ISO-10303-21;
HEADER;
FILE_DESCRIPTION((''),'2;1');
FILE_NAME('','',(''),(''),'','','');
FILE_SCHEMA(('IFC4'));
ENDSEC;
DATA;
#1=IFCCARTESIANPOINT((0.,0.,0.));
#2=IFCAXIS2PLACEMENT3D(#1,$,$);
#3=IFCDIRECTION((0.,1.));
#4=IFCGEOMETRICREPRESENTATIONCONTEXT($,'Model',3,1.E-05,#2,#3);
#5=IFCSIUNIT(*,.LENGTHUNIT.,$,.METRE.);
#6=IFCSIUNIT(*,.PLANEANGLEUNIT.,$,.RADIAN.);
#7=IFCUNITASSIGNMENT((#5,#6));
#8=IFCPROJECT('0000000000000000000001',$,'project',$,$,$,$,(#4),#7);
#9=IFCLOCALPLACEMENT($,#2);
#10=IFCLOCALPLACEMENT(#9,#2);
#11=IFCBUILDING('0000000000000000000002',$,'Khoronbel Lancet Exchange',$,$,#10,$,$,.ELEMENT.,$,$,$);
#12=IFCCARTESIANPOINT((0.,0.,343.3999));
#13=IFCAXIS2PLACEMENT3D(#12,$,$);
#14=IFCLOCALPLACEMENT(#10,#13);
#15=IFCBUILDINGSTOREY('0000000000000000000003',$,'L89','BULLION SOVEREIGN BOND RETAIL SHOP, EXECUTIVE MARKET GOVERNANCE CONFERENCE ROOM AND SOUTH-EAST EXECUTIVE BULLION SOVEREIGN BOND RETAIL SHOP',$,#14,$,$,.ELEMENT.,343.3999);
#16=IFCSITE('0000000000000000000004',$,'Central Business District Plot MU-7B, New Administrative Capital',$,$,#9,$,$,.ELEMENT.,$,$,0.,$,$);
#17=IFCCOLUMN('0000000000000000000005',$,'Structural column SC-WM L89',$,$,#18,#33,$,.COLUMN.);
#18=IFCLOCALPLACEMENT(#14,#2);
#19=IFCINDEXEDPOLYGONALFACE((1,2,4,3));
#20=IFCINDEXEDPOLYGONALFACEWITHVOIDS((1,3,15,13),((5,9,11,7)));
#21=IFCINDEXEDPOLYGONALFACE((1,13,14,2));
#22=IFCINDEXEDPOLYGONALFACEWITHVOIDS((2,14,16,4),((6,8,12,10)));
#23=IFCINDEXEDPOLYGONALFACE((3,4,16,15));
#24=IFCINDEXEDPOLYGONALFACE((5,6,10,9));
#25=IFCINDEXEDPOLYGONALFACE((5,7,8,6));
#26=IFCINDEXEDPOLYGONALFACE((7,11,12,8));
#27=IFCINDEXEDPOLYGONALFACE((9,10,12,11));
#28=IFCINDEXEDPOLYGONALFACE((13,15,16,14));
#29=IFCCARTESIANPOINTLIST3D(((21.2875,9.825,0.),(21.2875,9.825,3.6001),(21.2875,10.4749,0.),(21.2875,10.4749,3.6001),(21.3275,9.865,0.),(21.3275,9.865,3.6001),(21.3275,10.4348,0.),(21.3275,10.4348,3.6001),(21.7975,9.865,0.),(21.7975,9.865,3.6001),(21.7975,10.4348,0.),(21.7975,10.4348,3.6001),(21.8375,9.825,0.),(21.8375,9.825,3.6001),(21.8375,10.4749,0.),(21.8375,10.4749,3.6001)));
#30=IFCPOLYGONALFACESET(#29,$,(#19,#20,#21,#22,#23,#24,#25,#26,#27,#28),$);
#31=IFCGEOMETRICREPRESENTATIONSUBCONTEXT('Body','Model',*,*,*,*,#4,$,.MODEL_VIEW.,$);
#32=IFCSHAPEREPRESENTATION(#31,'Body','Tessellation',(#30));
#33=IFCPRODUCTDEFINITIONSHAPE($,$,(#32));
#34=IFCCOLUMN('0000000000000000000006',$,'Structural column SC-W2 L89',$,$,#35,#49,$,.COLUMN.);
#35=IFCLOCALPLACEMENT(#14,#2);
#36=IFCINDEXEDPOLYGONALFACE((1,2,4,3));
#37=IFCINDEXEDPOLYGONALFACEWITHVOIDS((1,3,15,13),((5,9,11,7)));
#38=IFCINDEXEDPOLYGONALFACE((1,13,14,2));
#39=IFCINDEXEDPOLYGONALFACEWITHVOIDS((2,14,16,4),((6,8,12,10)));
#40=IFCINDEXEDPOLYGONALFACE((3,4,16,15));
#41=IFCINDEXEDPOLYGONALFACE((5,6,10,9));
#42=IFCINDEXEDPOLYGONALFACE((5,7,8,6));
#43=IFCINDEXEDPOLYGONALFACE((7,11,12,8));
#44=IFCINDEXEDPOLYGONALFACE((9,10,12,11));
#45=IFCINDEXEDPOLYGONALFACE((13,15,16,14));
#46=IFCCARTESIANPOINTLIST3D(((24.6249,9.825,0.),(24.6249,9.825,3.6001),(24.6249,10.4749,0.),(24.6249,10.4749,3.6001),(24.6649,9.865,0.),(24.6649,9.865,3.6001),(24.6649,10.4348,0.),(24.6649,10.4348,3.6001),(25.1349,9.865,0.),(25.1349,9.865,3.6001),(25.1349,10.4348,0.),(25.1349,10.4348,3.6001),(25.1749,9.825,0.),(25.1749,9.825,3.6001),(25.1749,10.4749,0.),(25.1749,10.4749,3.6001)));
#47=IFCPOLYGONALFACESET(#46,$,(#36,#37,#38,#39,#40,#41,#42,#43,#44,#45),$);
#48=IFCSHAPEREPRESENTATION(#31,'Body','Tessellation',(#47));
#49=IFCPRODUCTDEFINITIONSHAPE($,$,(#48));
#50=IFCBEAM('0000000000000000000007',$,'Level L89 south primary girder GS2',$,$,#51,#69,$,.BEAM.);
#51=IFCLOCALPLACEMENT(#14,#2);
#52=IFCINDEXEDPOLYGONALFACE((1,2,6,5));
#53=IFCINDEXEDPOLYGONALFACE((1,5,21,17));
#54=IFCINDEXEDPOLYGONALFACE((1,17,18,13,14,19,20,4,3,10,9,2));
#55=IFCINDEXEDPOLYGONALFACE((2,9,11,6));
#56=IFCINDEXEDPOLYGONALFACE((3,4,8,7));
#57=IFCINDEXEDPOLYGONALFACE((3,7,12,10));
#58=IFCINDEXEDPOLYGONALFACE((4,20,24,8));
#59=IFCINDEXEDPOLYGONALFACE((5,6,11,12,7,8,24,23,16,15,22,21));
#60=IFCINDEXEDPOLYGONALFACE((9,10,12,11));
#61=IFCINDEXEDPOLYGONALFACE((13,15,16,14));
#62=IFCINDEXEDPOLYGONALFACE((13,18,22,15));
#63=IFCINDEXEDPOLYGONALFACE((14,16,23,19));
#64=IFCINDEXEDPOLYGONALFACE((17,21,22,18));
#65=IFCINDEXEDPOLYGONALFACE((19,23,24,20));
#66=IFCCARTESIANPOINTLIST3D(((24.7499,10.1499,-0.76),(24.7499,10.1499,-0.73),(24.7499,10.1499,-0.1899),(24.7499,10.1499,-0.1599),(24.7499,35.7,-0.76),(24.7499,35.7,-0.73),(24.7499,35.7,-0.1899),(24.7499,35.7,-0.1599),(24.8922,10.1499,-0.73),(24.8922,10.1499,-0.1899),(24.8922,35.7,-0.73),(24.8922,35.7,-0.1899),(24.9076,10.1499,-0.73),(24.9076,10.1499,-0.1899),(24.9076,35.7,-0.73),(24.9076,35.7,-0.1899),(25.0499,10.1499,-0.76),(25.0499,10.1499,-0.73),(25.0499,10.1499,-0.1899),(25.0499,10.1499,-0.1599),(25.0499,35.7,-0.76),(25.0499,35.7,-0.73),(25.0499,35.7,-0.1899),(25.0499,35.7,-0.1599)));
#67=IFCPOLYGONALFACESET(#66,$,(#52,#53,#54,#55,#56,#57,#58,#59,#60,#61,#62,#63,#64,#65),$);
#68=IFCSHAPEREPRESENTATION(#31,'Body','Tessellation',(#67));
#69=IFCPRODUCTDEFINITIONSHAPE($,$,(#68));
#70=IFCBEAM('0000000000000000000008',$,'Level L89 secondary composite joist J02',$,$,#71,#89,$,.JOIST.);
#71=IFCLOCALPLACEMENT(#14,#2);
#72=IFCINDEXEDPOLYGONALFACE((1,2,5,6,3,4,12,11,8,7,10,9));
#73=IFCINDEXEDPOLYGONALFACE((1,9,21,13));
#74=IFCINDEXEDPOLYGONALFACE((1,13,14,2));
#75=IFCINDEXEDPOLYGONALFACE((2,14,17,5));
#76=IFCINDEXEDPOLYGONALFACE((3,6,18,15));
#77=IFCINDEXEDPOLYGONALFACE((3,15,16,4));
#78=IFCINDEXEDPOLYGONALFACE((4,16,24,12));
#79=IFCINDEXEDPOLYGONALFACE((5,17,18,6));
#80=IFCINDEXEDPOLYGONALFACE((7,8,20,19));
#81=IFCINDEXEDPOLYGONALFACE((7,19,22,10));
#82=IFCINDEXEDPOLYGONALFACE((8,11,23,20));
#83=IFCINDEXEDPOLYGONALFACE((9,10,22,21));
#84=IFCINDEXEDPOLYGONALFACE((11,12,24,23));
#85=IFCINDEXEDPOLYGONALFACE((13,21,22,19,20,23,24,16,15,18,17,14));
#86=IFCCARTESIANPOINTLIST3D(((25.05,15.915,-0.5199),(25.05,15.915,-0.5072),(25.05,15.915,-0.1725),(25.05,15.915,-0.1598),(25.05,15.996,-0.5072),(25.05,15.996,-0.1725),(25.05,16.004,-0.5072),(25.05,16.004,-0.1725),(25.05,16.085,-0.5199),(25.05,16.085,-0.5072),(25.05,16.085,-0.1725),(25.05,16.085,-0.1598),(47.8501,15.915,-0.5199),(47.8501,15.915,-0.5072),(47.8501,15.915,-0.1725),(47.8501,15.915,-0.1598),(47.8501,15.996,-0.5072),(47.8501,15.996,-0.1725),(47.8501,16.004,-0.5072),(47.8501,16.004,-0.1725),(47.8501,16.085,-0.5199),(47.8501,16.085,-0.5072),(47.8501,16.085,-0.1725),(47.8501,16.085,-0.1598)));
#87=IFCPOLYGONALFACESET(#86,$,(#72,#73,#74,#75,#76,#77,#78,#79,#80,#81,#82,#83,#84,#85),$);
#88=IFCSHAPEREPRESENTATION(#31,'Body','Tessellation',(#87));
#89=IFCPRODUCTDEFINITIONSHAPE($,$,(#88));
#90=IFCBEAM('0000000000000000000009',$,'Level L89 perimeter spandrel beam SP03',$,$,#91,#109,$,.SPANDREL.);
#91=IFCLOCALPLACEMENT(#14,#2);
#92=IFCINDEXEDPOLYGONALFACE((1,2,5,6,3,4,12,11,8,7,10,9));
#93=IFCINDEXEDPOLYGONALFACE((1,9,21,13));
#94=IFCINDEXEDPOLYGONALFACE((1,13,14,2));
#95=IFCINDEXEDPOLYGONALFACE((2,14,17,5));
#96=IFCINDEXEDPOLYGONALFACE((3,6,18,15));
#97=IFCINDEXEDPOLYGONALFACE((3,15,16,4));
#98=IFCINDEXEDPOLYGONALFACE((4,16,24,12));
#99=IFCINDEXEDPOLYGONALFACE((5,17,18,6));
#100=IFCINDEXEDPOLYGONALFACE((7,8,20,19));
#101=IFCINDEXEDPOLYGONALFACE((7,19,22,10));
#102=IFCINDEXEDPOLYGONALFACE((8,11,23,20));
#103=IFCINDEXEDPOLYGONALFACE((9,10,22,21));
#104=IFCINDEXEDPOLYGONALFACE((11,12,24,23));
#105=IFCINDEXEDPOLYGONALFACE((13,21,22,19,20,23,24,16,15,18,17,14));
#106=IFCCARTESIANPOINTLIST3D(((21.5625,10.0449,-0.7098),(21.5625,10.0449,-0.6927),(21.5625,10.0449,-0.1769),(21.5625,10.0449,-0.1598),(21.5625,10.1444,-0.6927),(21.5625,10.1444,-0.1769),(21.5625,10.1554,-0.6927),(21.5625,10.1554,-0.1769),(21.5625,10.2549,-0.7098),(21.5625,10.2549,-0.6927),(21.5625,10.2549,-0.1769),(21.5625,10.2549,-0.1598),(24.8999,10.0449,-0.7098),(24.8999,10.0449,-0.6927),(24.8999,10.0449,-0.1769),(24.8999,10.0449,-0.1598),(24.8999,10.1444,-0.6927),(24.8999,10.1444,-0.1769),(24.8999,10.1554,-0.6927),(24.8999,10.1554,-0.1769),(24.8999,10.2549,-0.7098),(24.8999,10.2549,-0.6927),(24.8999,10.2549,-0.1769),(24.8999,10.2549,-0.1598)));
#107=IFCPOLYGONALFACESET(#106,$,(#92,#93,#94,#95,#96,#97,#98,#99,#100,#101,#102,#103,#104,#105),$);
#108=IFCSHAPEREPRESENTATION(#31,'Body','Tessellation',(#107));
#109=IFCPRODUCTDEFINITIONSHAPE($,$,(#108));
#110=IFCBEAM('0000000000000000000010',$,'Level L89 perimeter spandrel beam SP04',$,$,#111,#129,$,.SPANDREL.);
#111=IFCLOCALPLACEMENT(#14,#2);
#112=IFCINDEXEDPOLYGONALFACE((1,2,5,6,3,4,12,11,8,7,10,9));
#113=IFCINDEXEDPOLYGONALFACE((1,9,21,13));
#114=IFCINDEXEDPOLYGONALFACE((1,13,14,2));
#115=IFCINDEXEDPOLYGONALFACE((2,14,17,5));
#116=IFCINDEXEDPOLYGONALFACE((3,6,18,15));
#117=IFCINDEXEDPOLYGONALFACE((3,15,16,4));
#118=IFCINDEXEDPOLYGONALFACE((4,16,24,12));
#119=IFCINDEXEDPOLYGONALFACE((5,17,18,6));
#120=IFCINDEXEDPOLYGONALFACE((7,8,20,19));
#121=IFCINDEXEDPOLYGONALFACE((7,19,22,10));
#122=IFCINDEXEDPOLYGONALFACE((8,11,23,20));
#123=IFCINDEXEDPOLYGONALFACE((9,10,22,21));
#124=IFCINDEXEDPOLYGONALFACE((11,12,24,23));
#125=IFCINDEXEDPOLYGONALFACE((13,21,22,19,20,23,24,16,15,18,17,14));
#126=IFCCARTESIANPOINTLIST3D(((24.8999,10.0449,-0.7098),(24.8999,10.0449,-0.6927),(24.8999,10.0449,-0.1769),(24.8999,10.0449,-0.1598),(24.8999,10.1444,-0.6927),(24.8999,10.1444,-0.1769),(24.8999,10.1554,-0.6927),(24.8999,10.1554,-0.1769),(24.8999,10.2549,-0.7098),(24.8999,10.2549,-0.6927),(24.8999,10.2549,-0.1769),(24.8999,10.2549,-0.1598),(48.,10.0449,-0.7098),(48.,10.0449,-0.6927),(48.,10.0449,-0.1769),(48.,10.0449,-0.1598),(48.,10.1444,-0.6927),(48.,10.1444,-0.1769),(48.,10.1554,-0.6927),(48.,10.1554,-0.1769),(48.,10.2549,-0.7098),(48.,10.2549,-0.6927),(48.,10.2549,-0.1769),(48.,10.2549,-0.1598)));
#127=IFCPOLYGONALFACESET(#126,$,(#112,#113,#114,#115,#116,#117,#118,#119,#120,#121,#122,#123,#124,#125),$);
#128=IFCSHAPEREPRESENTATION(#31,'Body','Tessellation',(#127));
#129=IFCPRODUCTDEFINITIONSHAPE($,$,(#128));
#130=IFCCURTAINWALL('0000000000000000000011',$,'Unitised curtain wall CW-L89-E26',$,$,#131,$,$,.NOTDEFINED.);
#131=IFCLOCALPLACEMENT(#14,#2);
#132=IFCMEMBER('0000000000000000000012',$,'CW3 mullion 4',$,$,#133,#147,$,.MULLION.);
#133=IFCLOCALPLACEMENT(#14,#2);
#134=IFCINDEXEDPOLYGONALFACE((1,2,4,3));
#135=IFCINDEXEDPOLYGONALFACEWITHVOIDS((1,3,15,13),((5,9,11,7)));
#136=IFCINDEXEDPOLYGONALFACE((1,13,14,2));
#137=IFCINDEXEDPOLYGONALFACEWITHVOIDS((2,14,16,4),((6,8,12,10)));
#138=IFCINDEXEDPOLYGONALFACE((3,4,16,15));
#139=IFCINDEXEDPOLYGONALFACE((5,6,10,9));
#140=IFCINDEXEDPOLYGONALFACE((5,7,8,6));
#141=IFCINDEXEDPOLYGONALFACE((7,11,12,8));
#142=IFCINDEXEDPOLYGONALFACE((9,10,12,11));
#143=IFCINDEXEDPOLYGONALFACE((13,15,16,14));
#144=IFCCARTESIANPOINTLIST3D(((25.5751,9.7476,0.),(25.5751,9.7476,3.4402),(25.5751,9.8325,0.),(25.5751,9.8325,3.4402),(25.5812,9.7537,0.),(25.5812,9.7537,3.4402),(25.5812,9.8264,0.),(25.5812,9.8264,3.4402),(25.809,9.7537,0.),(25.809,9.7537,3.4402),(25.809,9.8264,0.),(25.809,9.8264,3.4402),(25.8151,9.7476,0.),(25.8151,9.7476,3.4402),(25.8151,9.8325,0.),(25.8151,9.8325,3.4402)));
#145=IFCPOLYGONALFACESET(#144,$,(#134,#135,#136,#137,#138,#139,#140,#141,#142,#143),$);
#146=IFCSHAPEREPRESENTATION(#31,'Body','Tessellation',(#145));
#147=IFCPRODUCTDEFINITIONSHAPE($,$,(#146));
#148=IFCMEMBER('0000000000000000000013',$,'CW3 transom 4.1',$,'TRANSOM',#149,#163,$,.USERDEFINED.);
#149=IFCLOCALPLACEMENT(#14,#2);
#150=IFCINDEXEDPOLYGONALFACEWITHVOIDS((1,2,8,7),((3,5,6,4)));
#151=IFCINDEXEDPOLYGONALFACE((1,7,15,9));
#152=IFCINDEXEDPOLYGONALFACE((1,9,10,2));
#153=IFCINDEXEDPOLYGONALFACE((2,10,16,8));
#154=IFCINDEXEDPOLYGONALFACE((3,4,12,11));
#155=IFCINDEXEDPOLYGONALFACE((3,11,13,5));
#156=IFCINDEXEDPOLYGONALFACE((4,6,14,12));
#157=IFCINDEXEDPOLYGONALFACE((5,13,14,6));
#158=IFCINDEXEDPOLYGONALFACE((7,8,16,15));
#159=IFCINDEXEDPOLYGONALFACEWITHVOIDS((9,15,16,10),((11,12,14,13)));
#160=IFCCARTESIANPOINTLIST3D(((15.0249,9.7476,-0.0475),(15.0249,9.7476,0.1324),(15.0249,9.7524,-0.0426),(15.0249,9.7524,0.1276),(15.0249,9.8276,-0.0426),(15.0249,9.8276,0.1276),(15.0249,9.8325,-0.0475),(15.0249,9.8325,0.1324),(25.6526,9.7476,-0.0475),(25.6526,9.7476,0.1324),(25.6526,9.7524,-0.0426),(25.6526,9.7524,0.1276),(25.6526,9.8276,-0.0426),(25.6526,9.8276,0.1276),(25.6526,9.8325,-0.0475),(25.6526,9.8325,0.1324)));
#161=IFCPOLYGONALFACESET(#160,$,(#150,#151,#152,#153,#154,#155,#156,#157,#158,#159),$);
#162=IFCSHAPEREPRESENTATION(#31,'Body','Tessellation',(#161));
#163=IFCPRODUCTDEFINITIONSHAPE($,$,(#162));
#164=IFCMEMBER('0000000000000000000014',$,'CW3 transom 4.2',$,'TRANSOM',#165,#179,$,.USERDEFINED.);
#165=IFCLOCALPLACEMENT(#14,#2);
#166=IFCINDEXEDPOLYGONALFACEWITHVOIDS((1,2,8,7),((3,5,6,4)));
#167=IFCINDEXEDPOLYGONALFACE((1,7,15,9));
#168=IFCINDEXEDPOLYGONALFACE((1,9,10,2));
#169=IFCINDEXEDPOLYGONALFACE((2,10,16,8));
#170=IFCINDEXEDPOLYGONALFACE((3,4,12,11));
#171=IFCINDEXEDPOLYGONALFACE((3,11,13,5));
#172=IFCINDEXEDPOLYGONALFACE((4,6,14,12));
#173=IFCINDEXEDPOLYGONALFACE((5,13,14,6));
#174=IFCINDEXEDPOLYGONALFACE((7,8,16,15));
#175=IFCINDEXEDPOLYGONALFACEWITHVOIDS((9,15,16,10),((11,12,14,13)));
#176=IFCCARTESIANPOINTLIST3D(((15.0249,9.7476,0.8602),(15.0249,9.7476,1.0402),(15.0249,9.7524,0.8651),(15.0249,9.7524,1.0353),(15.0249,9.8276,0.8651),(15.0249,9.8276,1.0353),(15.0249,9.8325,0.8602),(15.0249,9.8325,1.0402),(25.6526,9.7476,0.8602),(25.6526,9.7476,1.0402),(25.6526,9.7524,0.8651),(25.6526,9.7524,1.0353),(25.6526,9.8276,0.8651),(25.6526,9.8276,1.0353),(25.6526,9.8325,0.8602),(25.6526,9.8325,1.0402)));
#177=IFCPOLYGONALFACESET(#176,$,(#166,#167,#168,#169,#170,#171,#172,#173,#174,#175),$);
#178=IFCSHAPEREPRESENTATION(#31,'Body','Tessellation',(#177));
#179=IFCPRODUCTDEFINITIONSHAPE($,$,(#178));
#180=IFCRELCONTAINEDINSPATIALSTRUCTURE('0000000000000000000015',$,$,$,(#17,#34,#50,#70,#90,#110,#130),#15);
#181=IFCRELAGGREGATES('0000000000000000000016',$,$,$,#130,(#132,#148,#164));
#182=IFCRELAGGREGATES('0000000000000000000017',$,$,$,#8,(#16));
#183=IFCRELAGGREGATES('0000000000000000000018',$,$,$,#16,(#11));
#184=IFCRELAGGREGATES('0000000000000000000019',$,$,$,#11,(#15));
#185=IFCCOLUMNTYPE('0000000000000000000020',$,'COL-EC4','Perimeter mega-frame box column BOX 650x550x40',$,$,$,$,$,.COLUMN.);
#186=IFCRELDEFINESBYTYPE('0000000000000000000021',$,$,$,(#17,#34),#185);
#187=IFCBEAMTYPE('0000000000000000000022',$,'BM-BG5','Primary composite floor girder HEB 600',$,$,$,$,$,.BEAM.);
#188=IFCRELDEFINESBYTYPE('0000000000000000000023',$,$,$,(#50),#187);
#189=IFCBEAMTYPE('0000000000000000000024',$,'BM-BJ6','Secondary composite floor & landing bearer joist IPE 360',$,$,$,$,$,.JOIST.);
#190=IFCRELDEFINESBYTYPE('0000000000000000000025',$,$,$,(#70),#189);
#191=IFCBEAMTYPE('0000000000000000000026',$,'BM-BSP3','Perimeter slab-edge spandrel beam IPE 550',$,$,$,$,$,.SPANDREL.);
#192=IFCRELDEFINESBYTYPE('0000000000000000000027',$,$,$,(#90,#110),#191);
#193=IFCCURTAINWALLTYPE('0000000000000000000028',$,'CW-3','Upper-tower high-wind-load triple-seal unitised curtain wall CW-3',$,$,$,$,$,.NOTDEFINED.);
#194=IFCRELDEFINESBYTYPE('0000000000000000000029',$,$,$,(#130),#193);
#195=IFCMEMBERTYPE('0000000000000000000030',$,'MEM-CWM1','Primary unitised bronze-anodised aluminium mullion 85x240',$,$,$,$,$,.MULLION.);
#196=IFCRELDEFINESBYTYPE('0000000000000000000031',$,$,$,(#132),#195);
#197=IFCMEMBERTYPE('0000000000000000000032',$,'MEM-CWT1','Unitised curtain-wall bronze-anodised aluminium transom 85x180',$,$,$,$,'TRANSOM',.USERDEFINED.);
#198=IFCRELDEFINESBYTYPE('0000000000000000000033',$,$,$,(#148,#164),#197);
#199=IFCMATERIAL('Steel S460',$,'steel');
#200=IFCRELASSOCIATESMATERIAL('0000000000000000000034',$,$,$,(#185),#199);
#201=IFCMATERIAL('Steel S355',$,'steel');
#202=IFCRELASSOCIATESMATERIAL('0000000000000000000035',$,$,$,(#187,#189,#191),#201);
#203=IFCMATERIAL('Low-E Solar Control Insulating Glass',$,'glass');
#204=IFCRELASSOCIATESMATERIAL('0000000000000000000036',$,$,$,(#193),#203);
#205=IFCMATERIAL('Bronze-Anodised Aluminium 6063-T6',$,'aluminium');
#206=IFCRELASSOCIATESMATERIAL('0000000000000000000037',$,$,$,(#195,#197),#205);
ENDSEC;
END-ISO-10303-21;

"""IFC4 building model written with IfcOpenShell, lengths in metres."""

from ifc_helpers import new_model, si_unit, direction, frame, origin, origin_2d, place, context, subcontext, project, spatial, hollow_rectangle, i_section, extrude, material, material_profile, profile_set, type_object, element, aggregate, save


model = new_model("IFC4")

# Units and contexts
model_context = context("Model", 3, precision=1e-05, world=origin(), true_north=direction((0.0, 1.0)))
body_context = subcontext(model_context, "Body", "Model", "MODEL_VIEW")
ifc_project = project(units=[si_unit("LENGTHUNIT", "METRE"), si_unit("PLANEANGLEUNIT", "RADIAN")], contexts=[model_context])

# Site, building, storey
site_placement = place(None, origin())
site = spatial("IfcSite", under=ifc_project, at=site_placement, Name="Central Business District Plot MU-7B, New Administrative Capital", CompositionType="ELEMENT", RefElevation=0.0)
building_placement = place(site_placement, origin())
building = spatial("IfcBuilding", under=site, at=building_placement, Name="Khoronbel Lancet Exchange", CompositionType="ELEMENT")
storey_placement = place(building_placement, frame((0.0, 0.0, 343.3999)))
storey = spatial("IfcBuildingStorey", under=building, at=storey_placement, Name="L89", Description="BULLION SOVEREIGN BOND RETAIL SHOP, EXECUTIVE MARKET GOVERNANCE CONFERENCE ROOM AND SOUTH-EAST EXECUTIVE BULLION SOVEREIGN BOND RETAIL SHOP", CompositionType="ELEMENT", Elevation=343.3999)

# Columns
ifc_material_1 = material(Name="Steel S460", Category="steel")
ifc_material_profile_1 = material_profile(ifc_material_1, hollow_rectangle(XDim=0.55, YDim=0.6499, WallThickness=0.04, at=origin_2d()), Name="BOX 650x550x40")
ifc_profile_set_1 = profile_set([ifc_material_profile_1], Name="Steel S460")
column_type = type_object("IfcColumnType", Name="COL-EC4", Description="Perimeter mega-frame box column BOX 650x550x40", PredefinedType="COLUMN", material=ifc_profile_set_1)
for number, where, z_axis, x_axis, name in (
    (1, (21.5625, 10.1499, 0.0), (0.0, 0.0, 1.0), (1.0, 0.0, 0.0), "Structural column SC-WM L89"),
    (2, (24.8999, 10.1499, 0.0), (0.0, 0.0, 1.0), (1.0, 0.0, 0.0), "Structural column SC-W2 L89"),
):
    element("IfcColumn", number, at=place(storey_placement, frame(where, z_axis=z_axis, x_axis=x_axis)), inside=storey, type_object=column_type, Name=name, PredefinedType="COLUMN", context=body_context, shape_type="SweptSolid", body=[
        extrude(hollow_rectangle(XDim=0.55, YDim=0.6499, WallThickness=0.04, at=origin_2d()), origin(), (0.0, 0.0, 1.0), 3.6001),
    ])

# Beams
ifc_material_2 = material(Name="Steel S355", Category="steel")
ifc_material_profile_2 = material_profile(ifc_material_2, i_section(OverallWidth=0.3, OverallDepth=0.6001, WebThickness=0.0154, FlangeThickness=0.03, at=origin_2d()), Name="HEB 600")
ifc_profile_set_2 = profile_set([ifc_material_profile_2], Name="Steel S355")
beam_type_1 = type_object("IfcBeamType", Name="BM-BG5", Description="Primary composite floor girder HEB 600", PredefinedType="BEAM", material=ifc_profile_set_2)
beam_1_placement = place(storey_placement, frame((24.8999, 10.1499, -0.46), z_axis=(0.0, 1.0, 0.0), x_axis=(-1.0, 0.0, 0.0)))
element("IfcBeam", 3, at=beam_1_placement, inside=storey, type_object=beam_type_1, Name="Level L89 south primary girder GS2", PredefinedType="BEAM", context=body_context, shape_type="SweptSolid", body=[
    extrude(i_section(OverallWidth=0.3, OverallDepth=0.6001, WebThickness=0.0154, FlangeThickness=0.03, at=origin_2d()), origin(), (0.0, 0.0, 1.0), 25.55),
])
ifc_material_profile_3 = material_profile(ifc_material_2, i_section(OverallWidth=0.1699, OverallDepth=0.3601, WebThickness=0.0081, FlangeThickness=0.0127, at=origin_2d()), Name="IPE 360")
ifc_profile_set_3 = profile_set([ifc_material_profile_3], Name="Steel S355")
beam_type_2 = type_object("IfcBeamType", Name="BM-BJ6", Description="Secondary composite floor & landing bearer joist IPE 360", PredefinedType="JOIST", material=ifc_profile_set_3)
beam_2_placement = place(storey_placement, frame((25.05, 16.0, -0.3398), z_axis=(1.0, 0.0, 0.0), x_axis=(0.0, 1.0, 0.0)))
element("IfcBeam", 4, at=beam_2_placement, inside=storey, type_object=beam_type_2, Name="Level L89 secondary composite joist J02", PredefinedType="JOIST", context=body_context, shape_type="SweptSolid", body=[
    extrude(i_section(OverallWidth=0.1699, OverallDepth=0.3601, WebThickness=0.0081, FlangeThickness=0.0127, at=origin_2d()), origin(), (0.0, 0.0, 1.0), 22.8),
])
ifc_material_profile_4 = material_profile(ifc_material_2, i_section(OverallWidth=0.21, OverallDepth=0.55, WebThickness=0.011, FlangeThickness=0.0171, at=origin_2d()), Name="IPE 550")
ifc_profile_set_4 = profile_set([ifc_material_profile_4], Name="Steel S355")
beam_type_3 = type_object("IfcBeamType", Name="BM-BSP3", Description="Perimeter slab-edge spandrel beam IPE 550", PredefinedType="SPANDREL", material=ifc_profile_set_4)
beam_3_placement = place(storey_placement, frame((21.5625, 10.1499, -0.4348), z_axis=(1.0, 0.0, 0.0), x_axis=(0.0, 1.0, 0.0)))
element("IfcBeam", 5, at=beam_3_placement, inside=storey, type_object=beam_type_3, Name="Level L89 perimeter spandrel beam SP03", PredefinedType="SPANDREL", context=body_context, shape_type="SweptSolid", body=[
    extrude(i_section(OverallWidth=0.21, OverallDepth=0.55, WebThickness=0.011, FlangeThickness=0.0171, at=origin_2d()), origin(), (0.0, 0.0, 1.0), 3.3374),
])
beam_4_placement = place(storey_placement, frame((24.8999, 10.1499, -0.4348), z_axis=(1.0, 0.0, 0.0), x_axis=(0.0, 1.0, 0.0)))
element("IfcBeam", 6, at=beam_4_placement, inside=storey, type_object=beam_type_3, Name="Level L89 perimeter spandrel beam SP04", PredefinedType="SPANDREL", context=body_context, shape_type="SweptSolid", body=[
    extrude(i_section(OverallWidth=0.21, OverallDepth=0.55, WebThickness=0.011, FlangeThickness=0.0171, at=origin_2d()), origin(), (0.0, 0.0, 1.0), 23.1001),
])

# Curtain wall, members
ifc_material_3 = material(Name="Low-E Solar Control Insulating Glass", Category="glass")
curtain_wall_type = type_object("IfcCurtainWallType", Name="CW-3", Description="Upper-tower high-wind-load triple-seal unitised curtain wall CW-3", PredefinedType="NOTDEFINED", material=ifc_material_3)
curtain_wall_placement = place(storey_placement, origin())
curtain_wall = element("IfcCurtainWall", 7, at=curtain_wall_placement, inside=storey, type_object=curtain_wall_type, Name="Unitised curtain wall CW-L89-E26", PredefinedType="NOTDEFINED")
ifc_material_4 = material(Name="Bronze-Anodised Aluminium 6063-T6", Category="aluminium")
ifc_material_profile_5 = material_profile(ifc_material_4, hollow_rectangle(XDim=0.085, YDim=0.24, WallThickness=0.0061, at=origin_2d()), Name="ALU MULLION 85x240")
ifc_profile_set_5 = profile_set([ifc_material_profile_5], Name="Bronze-Anodised Aluminium 6063-T6")
member_type_1 = type_object("IfcMemberType", Name="MEM-CWM1", Description="Primary unitised bronze-anodised aluminium mullion 85x240", PredefinedType="MULLION", material=ifc_profile_set_5)
member_1_placement = place(storey_placement, frame((25.6951, 9.79, 0.0), z_axis=(0.0, 0.0, 1.0), x_axis=(0.0, -1.0, 0.0)))
member_1 = element("IfcMember", 8, at=member_1_placement, type_object=member_type_1, Name="CW3 mullion 4", PredefinedType="MULLION", context=body_context, shape_type="SweptSolid", body=[
    extrude(hollow_rectangle(XDim=0.085, YDim=0.24, WallThickness=0.0061, at=origin_2d()), origin(), (0.0, 0.0, 1.0), 3.4402),
])
ifc_material_profile_6 = material_profile(ifc_material_4, hollow_rectangle(XDim=0.085, YDim=0.1799, WallThickness=0.0049, at=origin_2d()), Name="ALU TRANSOM 85x180")
ifc_profile_set_6 = profile_set([ifc_material_profile_6], Name="Bronze-Anodised Aluminium 6063-T6")
member_type_2 = type_object("IfcMemberType", Name="MEM-CWT1", Description="Unitised curtain-wall bronze-anodised aluminium transom 85x180", ElementType="TRANSOM", PredefinedType="USERDEFINED", material=ifc_profile_set_6)
member_2_placement = place(storey_placement, frame((25.6526, 9.79, 0.0425), z_axis=(-1.0, 0.0, 0.0), x_axis=(0.0, -1.0, 0.0)))
member_2 = element("IfcMember", 9, at=member_2_placement, type_object=member_type_2, Name="CW3 transom 4.1", ObjectType="TRANSOM", PredefinedType="USERDEFINED", context=body_context, shape_type="SweptSolid", body=[
    extrude(hollow_rectangle(XDim=0.085, YDim=0.1799, WallThickness=0.0049, at=origin_2d()), origin(), (0.0, 0.0, 1.0), 10.6277),
])
member_3_placement = place(storey_placement, frame((25.6526, 9.79, 0.9502), z_axis=(-1.0, 0.0, 0.0), x_axis=(0.0, -1.0, 0.0)))
member_3 = element("IfcMember", 10, at=member_3_placement, type_object=member_type_2, Name="CW3 transom 4.2", ObjectType="TRANSOM", PredefinedType="USERDEFINED", context=body_context, shape_type="SweptSolid", body=[
    extrude(hollow_rectangle(XDim=0.085, YDim=0.1799, WallThickness=0.0049, at=origin_2d()), origin(), (0.0, 0.0, 1.0), 10.6277),
])
aggregate(curtain_wall, [member_1, member_2, member_3])

save(model, "model.ifc")
